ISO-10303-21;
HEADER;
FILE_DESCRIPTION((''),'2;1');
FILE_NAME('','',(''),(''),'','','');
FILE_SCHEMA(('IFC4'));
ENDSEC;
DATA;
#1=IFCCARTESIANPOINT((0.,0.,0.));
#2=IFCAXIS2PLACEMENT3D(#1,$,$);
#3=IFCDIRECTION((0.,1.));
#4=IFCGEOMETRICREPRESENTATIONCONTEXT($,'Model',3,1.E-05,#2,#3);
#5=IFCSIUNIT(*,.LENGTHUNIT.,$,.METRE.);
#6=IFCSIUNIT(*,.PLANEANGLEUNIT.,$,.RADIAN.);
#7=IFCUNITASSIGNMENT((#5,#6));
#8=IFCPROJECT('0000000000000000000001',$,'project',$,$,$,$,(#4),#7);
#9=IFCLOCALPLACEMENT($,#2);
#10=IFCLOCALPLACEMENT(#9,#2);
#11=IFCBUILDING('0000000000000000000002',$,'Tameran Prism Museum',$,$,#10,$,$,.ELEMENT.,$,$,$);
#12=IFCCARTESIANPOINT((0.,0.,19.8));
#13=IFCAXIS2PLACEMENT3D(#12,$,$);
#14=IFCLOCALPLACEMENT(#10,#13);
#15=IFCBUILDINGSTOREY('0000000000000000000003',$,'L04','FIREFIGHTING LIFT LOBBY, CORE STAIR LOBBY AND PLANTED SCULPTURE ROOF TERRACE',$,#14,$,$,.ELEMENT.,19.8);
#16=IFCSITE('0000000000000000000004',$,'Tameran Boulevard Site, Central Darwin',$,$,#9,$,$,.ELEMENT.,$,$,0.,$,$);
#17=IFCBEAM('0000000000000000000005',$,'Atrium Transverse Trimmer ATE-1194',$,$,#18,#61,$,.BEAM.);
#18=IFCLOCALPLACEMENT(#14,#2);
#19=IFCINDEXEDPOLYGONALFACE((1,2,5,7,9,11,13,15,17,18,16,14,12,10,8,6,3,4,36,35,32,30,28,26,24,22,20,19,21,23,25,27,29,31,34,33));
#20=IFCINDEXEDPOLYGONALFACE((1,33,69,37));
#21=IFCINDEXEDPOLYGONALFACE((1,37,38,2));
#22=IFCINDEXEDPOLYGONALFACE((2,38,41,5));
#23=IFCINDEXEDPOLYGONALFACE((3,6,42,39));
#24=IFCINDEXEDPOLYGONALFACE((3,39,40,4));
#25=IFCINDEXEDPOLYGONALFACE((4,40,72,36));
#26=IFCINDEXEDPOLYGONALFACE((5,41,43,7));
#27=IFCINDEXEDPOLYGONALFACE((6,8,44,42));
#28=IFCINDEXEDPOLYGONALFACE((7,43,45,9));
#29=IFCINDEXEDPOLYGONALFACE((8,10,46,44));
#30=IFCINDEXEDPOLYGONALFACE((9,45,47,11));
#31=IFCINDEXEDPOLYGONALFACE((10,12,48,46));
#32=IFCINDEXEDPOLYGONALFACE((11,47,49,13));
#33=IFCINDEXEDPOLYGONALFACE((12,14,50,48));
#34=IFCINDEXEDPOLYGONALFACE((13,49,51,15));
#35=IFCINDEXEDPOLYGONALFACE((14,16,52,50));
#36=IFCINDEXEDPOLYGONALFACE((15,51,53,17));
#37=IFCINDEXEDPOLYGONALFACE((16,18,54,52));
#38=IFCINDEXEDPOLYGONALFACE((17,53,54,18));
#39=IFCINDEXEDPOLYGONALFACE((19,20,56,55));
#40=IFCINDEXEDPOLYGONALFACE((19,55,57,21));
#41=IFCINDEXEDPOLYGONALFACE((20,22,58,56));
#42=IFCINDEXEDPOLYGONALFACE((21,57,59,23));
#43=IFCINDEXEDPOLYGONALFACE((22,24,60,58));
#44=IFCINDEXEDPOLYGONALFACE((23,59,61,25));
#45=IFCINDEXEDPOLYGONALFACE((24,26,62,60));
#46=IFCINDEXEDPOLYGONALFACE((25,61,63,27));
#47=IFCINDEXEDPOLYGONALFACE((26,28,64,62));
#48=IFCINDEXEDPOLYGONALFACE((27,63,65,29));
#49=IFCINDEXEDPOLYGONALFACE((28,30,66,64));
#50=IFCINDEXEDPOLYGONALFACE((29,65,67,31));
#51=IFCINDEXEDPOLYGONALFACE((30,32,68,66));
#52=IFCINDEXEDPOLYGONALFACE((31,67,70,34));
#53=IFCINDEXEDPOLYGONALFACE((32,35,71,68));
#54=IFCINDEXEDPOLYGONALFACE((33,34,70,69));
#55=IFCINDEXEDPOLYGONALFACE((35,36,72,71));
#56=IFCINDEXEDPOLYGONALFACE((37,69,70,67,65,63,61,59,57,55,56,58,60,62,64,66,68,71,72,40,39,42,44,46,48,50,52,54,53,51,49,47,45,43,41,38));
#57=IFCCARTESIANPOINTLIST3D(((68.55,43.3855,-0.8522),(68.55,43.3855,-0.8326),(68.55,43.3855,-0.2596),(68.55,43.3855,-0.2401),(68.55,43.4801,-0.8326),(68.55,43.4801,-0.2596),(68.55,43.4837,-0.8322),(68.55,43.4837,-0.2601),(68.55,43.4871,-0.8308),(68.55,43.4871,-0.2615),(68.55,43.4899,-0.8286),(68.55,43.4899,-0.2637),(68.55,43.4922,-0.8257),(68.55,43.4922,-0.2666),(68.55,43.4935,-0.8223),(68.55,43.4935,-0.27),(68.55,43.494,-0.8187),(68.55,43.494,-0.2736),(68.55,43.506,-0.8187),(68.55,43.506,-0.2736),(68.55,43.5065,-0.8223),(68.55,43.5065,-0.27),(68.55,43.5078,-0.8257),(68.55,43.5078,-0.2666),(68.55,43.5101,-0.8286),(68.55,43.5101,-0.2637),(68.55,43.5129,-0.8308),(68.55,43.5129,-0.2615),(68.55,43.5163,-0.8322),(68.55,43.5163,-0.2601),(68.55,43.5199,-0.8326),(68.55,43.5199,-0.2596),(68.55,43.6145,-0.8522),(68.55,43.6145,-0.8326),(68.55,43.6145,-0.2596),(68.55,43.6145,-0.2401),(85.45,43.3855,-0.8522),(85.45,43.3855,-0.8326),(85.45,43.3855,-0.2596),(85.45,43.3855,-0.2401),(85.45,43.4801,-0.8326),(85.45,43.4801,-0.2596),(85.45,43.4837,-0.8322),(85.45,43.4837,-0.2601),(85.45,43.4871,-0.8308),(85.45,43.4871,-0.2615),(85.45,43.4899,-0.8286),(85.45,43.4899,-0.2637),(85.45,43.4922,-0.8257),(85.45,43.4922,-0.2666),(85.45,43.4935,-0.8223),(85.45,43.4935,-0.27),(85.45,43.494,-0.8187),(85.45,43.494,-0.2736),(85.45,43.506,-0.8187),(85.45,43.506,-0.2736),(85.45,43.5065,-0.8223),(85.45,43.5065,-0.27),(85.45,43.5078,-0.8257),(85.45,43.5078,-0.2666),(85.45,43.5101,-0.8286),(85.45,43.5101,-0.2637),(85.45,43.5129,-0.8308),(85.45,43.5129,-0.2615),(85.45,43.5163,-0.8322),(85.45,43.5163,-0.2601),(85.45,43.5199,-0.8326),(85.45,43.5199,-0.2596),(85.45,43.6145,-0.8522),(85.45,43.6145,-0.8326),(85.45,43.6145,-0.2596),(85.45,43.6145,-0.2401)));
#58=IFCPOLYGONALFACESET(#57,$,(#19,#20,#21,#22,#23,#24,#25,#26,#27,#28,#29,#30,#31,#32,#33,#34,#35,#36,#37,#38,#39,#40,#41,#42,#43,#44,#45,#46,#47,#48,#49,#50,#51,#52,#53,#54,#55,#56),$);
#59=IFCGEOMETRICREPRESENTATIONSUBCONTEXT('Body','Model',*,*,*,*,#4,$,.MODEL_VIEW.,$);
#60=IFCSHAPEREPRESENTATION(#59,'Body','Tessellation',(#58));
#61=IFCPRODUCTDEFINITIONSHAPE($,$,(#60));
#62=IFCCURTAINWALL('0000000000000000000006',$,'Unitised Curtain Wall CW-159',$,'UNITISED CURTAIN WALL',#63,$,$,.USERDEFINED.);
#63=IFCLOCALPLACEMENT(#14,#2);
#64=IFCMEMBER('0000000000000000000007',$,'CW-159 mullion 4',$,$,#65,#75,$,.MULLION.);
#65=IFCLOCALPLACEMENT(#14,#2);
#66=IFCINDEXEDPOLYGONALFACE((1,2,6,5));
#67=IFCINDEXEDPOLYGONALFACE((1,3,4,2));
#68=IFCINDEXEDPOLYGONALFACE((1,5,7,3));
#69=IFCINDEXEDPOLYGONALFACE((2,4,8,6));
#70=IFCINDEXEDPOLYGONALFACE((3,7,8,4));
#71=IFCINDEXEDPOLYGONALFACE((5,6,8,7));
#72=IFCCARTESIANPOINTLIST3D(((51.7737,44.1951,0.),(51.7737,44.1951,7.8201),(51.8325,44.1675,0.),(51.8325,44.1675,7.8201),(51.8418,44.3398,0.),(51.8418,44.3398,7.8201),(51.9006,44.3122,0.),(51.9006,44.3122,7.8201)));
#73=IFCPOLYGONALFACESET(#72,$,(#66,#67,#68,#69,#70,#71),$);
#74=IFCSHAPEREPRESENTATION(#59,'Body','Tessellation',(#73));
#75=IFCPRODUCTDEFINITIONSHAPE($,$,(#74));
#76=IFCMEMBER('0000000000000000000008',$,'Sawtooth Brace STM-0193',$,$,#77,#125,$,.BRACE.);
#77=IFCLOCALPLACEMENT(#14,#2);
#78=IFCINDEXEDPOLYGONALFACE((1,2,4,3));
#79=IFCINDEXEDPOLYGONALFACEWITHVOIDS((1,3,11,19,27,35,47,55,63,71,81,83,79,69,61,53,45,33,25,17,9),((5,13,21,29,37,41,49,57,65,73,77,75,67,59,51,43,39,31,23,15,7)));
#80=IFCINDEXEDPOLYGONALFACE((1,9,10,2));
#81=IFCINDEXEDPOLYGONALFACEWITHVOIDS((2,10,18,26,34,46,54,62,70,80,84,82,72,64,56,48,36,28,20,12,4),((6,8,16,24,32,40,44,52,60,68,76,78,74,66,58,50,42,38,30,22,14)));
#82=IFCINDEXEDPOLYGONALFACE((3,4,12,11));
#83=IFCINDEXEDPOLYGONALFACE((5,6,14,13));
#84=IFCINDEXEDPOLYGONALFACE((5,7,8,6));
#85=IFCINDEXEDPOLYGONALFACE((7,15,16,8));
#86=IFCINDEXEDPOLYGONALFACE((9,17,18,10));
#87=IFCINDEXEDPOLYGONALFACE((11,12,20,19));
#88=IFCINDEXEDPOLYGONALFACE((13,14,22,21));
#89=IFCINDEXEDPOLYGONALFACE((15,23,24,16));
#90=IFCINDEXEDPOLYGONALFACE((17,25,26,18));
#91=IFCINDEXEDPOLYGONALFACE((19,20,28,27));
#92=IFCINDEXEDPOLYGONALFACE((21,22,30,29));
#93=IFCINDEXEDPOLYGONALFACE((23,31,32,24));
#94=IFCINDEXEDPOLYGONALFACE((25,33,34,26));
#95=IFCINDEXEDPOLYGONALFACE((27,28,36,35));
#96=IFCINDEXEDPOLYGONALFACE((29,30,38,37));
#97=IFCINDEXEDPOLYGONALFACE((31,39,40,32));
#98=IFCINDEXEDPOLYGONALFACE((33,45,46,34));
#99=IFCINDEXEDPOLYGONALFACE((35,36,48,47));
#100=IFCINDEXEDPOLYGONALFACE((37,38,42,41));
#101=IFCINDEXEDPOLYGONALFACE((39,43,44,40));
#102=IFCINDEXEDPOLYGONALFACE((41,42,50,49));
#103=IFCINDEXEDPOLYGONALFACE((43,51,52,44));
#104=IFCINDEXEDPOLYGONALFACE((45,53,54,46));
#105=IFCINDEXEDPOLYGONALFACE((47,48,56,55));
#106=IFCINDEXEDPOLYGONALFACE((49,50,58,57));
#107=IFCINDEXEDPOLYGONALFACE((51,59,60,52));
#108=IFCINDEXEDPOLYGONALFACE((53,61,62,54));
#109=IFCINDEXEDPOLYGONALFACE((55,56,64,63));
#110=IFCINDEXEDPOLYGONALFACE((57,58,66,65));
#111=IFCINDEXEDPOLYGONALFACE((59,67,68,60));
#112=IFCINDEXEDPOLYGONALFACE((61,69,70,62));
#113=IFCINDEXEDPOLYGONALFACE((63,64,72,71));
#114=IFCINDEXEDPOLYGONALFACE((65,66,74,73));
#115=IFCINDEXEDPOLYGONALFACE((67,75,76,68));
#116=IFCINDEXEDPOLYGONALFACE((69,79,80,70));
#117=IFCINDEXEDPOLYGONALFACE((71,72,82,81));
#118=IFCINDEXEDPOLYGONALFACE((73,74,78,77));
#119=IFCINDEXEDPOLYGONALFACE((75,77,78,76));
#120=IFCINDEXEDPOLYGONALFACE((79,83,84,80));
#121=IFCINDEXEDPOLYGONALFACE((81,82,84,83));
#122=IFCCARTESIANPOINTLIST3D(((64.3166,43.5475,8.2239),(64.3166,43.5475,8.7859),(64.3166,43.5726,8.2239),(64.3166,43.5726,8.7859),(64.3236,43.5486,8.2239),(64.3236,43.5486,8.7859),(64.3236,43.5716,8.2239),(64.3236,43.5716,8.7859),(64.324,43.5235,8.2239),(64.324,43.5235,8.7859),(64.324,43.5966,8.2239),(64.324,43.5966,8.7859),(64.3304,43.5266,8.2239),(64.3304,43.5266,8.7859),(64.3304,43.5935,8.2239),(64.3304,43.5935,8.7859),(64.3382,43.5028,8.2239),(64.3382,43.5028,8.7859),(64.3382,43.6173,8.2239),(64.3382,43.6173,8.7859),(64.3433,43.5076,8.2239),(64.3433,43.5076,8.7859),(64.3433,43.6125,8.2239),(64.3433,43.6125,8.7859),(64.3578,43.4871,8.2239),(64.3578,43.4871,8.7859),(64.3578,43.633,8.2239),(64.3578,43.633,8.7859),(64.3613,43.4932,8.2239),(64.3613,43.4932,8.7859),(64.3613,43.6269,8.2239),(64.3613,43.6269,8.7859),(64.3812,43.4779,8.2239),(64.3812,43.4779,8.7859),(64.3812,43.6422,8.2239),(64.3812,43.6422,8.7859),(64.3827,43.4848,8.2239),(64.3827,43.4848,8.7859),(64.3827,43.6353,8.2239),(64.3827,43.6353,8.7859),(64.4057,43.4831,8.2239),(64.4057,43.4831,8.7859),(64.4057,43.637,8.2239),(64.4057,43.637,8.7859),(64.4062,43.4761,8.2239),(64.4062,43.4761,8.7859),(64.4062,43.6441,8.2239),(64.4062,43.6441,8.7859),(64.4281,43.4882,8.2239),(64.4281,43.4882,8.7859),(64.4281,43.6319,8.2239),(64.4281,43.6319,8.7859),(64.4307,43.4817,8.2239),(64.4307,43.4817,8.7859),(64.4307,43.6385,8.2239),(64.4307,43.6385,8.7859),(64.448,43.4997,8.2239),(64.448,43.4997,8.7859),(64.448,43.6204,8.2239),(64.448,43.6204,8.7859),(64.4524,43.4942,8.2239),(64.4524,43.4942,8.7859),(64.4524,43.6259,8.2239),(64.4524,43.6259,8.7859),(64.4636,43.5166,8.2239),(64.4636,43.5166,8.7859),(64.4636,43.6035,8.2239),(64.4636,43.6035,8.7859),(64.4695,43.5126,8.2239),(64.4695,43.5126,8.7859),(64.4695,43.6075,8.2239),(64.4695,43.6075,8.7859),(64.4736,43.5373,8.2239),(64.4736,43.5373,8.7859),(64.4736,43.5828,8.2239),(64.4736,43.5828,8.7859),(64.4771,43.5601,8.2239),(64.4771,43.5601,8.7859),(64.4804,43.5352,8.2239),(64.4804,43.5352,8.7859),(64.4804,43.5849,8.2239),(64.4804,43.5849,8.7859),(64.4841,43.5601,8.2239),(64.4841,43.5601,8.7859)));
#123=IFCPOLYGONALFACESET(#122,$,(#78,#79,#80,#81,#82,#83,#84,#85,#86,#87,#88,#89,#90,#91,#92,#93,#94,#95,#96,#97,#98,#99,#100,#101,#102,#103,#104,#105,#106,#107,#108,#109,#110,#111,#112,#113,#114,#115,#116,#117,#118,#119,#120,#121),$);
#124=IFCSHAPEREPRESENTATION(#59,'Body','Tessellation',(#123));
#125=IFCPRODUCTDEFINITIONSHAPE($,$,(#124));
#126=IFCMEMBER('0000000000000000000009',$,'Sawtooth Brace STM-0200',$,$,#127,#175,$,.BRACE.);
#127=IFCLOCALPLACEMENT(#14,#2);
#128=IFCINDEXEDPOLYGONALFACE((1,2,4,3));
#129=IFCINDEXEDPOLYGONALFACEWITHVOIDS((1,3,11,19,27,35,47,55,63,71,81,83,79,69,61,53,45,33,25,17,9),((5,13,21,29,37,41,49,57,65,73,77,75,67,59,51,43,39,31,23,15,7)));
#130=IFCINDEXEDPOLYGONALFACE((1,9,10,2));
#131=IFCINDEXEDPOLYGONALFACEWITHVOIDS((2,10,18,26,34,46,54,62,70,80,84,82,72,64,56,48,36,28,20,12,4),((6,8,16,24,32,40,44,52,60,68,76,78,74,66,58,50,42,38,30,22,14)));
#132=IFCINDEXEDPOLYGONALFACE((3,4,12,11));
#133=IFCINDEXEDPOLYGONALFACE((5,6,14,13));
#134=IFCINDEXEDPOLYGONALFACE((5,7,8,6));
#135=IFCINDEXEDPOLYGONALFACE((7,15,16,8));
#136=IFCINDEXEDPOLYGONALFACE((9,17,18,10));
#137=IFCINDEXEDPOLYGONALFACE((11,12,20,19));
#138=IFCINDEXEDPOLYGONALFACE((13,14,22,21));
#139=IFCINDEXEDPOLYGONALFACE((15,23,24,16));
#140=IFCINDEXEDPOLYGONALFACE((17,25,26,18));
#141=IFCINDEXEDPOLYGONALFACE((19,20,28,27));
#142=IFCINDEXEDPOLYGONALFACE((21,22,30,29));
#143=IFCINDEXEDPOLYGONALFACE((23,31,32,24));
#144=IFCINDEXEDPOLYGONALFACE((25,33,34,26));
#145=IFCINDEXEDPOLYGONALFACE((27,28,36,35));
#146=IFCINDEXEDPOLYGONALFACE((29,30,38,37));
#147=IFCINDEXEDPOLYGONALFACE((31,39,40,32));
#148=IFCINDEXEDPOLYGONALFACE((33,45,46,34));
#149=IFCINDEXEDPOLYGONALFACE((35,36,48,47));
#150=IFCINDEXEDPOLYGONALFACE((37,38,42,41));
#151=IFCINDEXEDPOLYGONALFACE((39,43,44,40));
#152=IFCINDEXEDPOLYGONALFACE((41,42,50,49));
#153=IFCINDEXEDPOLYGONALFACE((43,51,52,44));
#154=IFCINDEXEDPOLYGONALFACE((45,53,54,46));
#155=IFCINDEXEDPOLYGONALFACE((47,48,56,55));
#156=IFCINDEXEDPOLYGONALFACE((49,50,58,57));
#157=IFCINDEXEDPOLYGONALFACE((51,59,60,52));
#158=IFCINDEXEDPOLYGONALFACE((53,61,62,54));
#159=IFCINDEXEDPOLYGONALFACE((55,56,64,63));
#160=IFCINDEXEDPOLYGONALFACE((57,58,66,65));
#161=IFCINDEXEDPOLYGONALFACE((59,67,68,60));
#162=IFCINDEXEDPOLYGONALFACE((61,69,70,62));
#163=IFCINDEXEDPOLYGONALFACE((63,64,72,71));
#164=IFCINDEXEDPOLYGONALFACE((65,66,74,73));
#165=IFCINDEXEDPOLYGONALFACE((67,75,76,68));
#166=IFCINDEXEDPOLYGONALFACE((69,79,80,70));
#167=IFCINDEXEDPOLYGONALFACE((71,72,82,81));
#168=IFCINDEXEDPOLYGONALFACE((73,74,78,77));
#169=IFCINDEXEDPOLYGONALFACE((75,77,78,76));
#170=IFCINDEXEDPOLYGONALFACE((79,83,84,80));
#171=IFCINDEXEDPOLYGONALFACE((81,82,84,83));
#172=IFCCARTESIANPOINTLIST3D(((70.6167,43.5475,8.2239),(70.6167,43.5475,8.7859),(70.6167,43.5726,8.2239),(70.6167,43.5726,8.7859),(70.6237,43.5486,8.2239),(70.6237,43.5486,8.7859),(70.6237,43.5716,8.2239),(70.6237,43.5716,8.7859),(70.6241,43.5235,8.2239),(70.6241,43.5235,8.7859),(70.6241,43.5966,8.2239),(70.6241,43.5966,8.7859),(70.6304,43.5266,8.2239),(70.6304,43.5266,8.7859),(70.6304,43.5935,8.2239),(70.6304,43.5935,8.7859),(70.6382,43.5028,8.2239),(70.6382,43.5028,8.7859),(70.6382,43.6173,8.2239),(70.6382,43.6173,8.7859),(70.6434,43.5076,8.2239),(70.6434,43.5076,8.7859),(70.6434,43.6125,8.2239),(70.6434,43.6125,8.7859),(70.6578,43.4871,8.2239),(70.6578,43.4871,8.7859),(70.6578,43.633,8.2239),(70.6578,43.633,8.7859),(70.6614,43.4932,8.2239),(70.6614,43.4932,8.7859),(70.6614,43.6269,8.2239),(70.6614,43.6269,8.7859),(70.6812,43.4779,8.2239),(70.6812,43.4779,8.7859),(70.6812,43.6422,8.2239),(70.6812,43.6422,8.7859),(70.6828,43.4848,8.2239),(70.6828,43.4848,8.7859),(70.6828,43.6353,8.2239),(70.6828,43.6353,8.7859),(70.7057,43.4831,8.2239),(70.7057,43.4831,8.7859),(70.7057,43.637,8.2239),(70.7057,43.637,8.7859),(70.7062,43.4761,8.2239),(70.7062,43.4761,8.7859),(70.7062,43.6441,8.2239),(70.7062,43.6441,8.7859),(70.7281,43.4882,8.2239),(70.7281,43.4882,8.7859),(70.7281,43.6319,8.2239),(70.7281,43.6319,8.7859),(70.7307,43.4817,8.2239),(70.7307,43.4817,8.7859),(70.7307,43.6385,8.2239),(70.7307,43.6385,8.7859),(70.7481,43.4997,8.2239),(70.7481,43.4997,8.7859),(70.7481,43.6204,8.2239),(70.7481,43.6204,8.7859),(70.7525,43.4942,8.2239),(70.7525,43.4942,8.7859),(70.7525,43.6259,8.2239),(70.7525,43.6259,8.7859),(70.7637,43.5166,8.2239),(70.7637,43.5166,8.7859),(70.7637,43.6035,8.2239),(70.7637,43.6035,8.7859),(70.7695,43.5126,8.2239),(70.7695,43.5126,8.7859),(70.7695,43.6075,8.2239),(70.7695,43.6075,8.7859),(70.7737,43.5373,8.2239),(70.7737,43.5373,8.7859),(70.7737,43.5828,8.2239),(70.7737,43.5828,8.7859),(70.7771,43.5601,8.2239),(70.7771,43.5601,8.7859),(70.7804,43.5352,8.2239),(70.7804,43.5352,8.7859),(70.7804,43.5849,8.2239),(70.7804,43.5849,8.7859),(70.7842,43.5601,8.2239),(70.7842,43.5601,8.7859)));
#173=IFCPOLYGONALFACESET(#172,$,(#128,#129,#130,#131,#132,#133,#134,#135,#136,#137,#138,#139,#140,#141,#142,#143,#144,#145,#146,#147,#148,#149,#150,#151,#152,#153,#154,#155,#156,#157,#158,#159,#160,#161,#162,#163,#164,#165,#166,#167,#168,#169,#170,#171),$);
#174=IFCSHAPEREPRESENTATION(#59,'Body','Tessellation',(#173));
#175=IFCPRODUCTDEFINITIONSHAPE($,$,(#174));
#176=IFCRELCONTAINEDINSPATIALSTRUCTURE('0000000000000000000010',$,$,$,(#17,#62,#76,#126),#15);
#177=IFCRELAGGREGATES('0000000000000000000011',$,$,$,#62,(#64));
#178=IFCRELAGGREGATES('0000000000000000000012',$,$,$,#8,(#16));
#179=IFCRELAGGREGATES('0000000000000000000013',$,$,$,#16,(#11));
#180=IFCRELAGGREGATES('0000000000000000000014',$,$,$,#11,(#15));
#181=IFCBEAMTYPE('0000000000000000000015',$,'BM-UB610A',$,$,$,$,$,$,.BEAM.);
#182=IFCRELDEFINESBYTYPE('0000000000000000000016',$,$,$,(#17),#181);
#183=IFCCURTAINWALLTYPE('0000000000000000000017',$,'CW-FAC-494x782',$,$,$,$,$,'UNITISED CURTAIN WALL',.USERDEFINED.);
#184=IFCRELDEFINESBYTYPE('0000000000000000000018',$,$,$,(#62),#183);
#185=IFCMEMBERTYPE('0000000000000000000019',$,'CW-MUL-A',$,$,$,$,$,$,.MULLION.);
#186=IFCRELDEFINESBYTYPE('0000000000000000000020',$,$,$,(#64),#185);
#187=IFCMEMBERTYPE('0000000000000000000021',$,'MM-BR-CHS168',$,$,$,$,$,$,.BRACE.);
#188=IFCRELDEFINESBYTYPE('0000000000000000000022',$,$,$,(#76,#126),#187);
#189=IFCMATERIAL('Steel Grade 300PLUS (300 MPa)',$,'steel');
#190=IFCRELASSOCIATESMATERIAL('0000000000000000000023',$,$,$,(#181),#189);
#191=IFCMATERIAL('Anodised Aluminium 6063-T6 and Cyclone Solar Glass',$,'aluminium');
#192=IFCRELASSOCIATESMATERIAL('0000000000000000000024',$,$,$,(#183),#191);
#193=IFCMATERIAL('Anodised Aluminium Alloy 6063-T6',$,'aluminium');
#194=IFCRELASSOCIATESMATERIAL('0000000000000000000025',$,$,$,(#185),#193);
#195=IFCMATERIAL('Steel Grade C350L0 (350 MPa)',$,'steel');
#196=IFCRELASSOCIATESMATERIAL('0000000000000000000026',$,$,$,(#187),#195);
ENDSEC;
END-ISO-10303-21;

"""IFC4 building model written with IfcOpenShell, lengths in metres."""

from ifc_helpers import new_model, si_unit, direction, frame, origin, origin_2d, place, context, subcontext, project, spatial, rectangle, hollow_circle, i_section, extrude, material, material_profile, profile_set, type_object, element, aggregate, save


model = new_model("IFC4")

# Units and contexts
model_context = context("Model", 3, precision=1e-05, world=origin(), true_north=direction((0.0, 1.0)))
body_context = subcontext(model_context, "Body", "Model", "MODEL_VIEW")
ifc_project = project(units=[si_unit("LENGTHUNIT", "METRE"), si_unit("PLANEANGLEUNIT", "RADIAN")], contexts=[model_context])

# Site, building, storey
site_placement = place(None, origin())
site = spatial("IfcSite", under=ifc_project, at=site_placement, Name="Tameran Boulevard Site, Central Darwin", CompositionType="ELEMENT", RefElevation=0.0)
building_placement = place(site_placement, origin())
building = spatial("IfcBuilding", under=site, at=building_placement, Name="Tameran Prism Museum", CompositionType="ELEMENT")
storey_placement = place(building_placement, frame((0.0, 0.0, 19.8)))
storey = spatial("IfcBuildingStorey", under=building, at=storey_placement, Name="L04", Description="FIREFIGHTING LIFT LOBBY, CORE STAIR LOBBY AND PLANTED SCULPTURE ROOF TERRACE", CompositionType="ELEMENT", Elevation=19.8)

# Beam
ifc_material_1 = material(Name="Steel Grade 300PLUS (300 MPa)", Category="steel")
ifc_material_profile_1 = material_profile(ifc_material_1, i_section(OverallWidth=0.229, OverallDepth=0.6121, WebThickness=0.012, FlangeThickness=0.0195, FilletRadius=0.0139, at=origin_2d()))
ifc_profile_set_1 = profile_set([ifc_material_profile_1])
beam_type_1 = type_object("IfcBeamType", Name="BM-UB610A", PredefinedType="BEAM", material=ifc_profile_set_1)
beam_1_placement = place(storey_placement, frame((68.55, 43.5, -0.5461), z_axis=(1.0, 0.0, 0.0), x_axis=(0.0, 1.0, 0.0)))
element("IfcBeam", 1, at=beam_1_placement, inside=storey, type_object=beam_type_1, Name="Atrium Transverse Trimmer ATE-1194", PredefinedType="BEAM", context=body_context, shape_type="SweptSolid", body=[
    extrude(i_section(OverallWidth=0.229, OverallDepth=0.6121, WebThickness=0.012, FlangeThickness=0.0195, FilletRadius=0.0139, at=origin_2d()), origin(), (0.0, 0.0, 1.0), 16.8999),
])

# Curtain wall, member
ifc_material_2 = material(Name="Anodised Aluminium 6063-T6 and Cyclone Solar Glass", Category="aluminium")
curtain_wall_type = type_object("IfcCurtainWallType", Name="CW-FAC-494x782", ElementType="UNITISED CURTAIN WALL", PredefinedType="USERDEFINED", material=ifc_material_2)
curtain_wall_placement = place(storey_placement, origin())
curtain_wall = element("IfcCurtainWall", 2, at=curtain_wall_placement, inside=storey, type_object=curtain_wall_type, Name="Unitised Curtain Wall CW-159", ObjectType="UNITISED CURTAIN WALL", PredefinedType="USERDEFINED")
ifc_material_3 = material(Name="Anodised Aluminium Alloy 6063-T6", Category="aluminium")
ifc_material_profile_2 = material_profile(ifc_material_3, rectangle(XDim=0.0649, YDim=0.1599, at=origin_2d()))
ifc_profile_set_2 = profile_set([ifc_material_profile_2])
member_type_1 = type_object("IfcMemberType", Name="CW-MUL-A", PredefinedType="MULLION", material=ifc_profile_set_2)
member_placement = place(storey_placement, frame((51.8372, 44.2537, 0.0), z_axis=(0.0, 0.0, 1.0), x_axis=(-0.904791, 0.425856, 0.0)))
member = element("IfcMember", 3, at=member_placement, type_object=member_type_1, Name="CW-159 mullion 4", PredefinedType="MULLION", context=body_context, shape_type="SweptSolid", body=[
    extrude(rectangle(XDim=0.0649, YDim=0.1599, at=origin_2d()), origin(), (0.0, 0.0, 1.0), 7.8201),
])

# Members
ifc_material_4 = material(Name="Steel Grade C350L0 (350 MPa)", Category="steel")
ifc_material_profile_3 = material_profile(ifc_material_4, hollow_circle(Radius=0.0842, WallThickness=0.0071, at=origin_2d()))
ifc_profile_set_3 = profile_set([ifc_material_profile_3])
member_type_2 = type_object("IfcMemberType", Name="MM-BR-CHS168", PredefinedType="BRACE", material=ifc_profile_set_3)
for number, where, z_axis, x_axis, name in (
    (4, (64.3999, 43.5601, 8.7859), (0.0, 0.0, -1.0), (1.0, 0.0, 0.0), "Sawtooth Brace STM-0193"),
    (5, (70.7, 43.5601, 8.7859), (0.0, 0.0, -1.0), (1.0, 0.0, 0.0), "Sawtooth Brace STM-0200"),
):
    element("IfcMember", number, at=place(storey_placement, frame(where, z_axis=z_axis, x_axis=x_axis)), inside=storey, type_object=member_type_2, Name=name, PredefinedType="BRACE", context=body_context, shape_type="SweptSolid", body=[
        extrude(hollow_circle(Radius=0.0842, WallThickness=0.0071, at=origin_2d()), origin(), (0.0, 0.0, 1.0), 0.562),
    ])

aggregate(curtain_wall, [member])

save(model, "model.ifc")
